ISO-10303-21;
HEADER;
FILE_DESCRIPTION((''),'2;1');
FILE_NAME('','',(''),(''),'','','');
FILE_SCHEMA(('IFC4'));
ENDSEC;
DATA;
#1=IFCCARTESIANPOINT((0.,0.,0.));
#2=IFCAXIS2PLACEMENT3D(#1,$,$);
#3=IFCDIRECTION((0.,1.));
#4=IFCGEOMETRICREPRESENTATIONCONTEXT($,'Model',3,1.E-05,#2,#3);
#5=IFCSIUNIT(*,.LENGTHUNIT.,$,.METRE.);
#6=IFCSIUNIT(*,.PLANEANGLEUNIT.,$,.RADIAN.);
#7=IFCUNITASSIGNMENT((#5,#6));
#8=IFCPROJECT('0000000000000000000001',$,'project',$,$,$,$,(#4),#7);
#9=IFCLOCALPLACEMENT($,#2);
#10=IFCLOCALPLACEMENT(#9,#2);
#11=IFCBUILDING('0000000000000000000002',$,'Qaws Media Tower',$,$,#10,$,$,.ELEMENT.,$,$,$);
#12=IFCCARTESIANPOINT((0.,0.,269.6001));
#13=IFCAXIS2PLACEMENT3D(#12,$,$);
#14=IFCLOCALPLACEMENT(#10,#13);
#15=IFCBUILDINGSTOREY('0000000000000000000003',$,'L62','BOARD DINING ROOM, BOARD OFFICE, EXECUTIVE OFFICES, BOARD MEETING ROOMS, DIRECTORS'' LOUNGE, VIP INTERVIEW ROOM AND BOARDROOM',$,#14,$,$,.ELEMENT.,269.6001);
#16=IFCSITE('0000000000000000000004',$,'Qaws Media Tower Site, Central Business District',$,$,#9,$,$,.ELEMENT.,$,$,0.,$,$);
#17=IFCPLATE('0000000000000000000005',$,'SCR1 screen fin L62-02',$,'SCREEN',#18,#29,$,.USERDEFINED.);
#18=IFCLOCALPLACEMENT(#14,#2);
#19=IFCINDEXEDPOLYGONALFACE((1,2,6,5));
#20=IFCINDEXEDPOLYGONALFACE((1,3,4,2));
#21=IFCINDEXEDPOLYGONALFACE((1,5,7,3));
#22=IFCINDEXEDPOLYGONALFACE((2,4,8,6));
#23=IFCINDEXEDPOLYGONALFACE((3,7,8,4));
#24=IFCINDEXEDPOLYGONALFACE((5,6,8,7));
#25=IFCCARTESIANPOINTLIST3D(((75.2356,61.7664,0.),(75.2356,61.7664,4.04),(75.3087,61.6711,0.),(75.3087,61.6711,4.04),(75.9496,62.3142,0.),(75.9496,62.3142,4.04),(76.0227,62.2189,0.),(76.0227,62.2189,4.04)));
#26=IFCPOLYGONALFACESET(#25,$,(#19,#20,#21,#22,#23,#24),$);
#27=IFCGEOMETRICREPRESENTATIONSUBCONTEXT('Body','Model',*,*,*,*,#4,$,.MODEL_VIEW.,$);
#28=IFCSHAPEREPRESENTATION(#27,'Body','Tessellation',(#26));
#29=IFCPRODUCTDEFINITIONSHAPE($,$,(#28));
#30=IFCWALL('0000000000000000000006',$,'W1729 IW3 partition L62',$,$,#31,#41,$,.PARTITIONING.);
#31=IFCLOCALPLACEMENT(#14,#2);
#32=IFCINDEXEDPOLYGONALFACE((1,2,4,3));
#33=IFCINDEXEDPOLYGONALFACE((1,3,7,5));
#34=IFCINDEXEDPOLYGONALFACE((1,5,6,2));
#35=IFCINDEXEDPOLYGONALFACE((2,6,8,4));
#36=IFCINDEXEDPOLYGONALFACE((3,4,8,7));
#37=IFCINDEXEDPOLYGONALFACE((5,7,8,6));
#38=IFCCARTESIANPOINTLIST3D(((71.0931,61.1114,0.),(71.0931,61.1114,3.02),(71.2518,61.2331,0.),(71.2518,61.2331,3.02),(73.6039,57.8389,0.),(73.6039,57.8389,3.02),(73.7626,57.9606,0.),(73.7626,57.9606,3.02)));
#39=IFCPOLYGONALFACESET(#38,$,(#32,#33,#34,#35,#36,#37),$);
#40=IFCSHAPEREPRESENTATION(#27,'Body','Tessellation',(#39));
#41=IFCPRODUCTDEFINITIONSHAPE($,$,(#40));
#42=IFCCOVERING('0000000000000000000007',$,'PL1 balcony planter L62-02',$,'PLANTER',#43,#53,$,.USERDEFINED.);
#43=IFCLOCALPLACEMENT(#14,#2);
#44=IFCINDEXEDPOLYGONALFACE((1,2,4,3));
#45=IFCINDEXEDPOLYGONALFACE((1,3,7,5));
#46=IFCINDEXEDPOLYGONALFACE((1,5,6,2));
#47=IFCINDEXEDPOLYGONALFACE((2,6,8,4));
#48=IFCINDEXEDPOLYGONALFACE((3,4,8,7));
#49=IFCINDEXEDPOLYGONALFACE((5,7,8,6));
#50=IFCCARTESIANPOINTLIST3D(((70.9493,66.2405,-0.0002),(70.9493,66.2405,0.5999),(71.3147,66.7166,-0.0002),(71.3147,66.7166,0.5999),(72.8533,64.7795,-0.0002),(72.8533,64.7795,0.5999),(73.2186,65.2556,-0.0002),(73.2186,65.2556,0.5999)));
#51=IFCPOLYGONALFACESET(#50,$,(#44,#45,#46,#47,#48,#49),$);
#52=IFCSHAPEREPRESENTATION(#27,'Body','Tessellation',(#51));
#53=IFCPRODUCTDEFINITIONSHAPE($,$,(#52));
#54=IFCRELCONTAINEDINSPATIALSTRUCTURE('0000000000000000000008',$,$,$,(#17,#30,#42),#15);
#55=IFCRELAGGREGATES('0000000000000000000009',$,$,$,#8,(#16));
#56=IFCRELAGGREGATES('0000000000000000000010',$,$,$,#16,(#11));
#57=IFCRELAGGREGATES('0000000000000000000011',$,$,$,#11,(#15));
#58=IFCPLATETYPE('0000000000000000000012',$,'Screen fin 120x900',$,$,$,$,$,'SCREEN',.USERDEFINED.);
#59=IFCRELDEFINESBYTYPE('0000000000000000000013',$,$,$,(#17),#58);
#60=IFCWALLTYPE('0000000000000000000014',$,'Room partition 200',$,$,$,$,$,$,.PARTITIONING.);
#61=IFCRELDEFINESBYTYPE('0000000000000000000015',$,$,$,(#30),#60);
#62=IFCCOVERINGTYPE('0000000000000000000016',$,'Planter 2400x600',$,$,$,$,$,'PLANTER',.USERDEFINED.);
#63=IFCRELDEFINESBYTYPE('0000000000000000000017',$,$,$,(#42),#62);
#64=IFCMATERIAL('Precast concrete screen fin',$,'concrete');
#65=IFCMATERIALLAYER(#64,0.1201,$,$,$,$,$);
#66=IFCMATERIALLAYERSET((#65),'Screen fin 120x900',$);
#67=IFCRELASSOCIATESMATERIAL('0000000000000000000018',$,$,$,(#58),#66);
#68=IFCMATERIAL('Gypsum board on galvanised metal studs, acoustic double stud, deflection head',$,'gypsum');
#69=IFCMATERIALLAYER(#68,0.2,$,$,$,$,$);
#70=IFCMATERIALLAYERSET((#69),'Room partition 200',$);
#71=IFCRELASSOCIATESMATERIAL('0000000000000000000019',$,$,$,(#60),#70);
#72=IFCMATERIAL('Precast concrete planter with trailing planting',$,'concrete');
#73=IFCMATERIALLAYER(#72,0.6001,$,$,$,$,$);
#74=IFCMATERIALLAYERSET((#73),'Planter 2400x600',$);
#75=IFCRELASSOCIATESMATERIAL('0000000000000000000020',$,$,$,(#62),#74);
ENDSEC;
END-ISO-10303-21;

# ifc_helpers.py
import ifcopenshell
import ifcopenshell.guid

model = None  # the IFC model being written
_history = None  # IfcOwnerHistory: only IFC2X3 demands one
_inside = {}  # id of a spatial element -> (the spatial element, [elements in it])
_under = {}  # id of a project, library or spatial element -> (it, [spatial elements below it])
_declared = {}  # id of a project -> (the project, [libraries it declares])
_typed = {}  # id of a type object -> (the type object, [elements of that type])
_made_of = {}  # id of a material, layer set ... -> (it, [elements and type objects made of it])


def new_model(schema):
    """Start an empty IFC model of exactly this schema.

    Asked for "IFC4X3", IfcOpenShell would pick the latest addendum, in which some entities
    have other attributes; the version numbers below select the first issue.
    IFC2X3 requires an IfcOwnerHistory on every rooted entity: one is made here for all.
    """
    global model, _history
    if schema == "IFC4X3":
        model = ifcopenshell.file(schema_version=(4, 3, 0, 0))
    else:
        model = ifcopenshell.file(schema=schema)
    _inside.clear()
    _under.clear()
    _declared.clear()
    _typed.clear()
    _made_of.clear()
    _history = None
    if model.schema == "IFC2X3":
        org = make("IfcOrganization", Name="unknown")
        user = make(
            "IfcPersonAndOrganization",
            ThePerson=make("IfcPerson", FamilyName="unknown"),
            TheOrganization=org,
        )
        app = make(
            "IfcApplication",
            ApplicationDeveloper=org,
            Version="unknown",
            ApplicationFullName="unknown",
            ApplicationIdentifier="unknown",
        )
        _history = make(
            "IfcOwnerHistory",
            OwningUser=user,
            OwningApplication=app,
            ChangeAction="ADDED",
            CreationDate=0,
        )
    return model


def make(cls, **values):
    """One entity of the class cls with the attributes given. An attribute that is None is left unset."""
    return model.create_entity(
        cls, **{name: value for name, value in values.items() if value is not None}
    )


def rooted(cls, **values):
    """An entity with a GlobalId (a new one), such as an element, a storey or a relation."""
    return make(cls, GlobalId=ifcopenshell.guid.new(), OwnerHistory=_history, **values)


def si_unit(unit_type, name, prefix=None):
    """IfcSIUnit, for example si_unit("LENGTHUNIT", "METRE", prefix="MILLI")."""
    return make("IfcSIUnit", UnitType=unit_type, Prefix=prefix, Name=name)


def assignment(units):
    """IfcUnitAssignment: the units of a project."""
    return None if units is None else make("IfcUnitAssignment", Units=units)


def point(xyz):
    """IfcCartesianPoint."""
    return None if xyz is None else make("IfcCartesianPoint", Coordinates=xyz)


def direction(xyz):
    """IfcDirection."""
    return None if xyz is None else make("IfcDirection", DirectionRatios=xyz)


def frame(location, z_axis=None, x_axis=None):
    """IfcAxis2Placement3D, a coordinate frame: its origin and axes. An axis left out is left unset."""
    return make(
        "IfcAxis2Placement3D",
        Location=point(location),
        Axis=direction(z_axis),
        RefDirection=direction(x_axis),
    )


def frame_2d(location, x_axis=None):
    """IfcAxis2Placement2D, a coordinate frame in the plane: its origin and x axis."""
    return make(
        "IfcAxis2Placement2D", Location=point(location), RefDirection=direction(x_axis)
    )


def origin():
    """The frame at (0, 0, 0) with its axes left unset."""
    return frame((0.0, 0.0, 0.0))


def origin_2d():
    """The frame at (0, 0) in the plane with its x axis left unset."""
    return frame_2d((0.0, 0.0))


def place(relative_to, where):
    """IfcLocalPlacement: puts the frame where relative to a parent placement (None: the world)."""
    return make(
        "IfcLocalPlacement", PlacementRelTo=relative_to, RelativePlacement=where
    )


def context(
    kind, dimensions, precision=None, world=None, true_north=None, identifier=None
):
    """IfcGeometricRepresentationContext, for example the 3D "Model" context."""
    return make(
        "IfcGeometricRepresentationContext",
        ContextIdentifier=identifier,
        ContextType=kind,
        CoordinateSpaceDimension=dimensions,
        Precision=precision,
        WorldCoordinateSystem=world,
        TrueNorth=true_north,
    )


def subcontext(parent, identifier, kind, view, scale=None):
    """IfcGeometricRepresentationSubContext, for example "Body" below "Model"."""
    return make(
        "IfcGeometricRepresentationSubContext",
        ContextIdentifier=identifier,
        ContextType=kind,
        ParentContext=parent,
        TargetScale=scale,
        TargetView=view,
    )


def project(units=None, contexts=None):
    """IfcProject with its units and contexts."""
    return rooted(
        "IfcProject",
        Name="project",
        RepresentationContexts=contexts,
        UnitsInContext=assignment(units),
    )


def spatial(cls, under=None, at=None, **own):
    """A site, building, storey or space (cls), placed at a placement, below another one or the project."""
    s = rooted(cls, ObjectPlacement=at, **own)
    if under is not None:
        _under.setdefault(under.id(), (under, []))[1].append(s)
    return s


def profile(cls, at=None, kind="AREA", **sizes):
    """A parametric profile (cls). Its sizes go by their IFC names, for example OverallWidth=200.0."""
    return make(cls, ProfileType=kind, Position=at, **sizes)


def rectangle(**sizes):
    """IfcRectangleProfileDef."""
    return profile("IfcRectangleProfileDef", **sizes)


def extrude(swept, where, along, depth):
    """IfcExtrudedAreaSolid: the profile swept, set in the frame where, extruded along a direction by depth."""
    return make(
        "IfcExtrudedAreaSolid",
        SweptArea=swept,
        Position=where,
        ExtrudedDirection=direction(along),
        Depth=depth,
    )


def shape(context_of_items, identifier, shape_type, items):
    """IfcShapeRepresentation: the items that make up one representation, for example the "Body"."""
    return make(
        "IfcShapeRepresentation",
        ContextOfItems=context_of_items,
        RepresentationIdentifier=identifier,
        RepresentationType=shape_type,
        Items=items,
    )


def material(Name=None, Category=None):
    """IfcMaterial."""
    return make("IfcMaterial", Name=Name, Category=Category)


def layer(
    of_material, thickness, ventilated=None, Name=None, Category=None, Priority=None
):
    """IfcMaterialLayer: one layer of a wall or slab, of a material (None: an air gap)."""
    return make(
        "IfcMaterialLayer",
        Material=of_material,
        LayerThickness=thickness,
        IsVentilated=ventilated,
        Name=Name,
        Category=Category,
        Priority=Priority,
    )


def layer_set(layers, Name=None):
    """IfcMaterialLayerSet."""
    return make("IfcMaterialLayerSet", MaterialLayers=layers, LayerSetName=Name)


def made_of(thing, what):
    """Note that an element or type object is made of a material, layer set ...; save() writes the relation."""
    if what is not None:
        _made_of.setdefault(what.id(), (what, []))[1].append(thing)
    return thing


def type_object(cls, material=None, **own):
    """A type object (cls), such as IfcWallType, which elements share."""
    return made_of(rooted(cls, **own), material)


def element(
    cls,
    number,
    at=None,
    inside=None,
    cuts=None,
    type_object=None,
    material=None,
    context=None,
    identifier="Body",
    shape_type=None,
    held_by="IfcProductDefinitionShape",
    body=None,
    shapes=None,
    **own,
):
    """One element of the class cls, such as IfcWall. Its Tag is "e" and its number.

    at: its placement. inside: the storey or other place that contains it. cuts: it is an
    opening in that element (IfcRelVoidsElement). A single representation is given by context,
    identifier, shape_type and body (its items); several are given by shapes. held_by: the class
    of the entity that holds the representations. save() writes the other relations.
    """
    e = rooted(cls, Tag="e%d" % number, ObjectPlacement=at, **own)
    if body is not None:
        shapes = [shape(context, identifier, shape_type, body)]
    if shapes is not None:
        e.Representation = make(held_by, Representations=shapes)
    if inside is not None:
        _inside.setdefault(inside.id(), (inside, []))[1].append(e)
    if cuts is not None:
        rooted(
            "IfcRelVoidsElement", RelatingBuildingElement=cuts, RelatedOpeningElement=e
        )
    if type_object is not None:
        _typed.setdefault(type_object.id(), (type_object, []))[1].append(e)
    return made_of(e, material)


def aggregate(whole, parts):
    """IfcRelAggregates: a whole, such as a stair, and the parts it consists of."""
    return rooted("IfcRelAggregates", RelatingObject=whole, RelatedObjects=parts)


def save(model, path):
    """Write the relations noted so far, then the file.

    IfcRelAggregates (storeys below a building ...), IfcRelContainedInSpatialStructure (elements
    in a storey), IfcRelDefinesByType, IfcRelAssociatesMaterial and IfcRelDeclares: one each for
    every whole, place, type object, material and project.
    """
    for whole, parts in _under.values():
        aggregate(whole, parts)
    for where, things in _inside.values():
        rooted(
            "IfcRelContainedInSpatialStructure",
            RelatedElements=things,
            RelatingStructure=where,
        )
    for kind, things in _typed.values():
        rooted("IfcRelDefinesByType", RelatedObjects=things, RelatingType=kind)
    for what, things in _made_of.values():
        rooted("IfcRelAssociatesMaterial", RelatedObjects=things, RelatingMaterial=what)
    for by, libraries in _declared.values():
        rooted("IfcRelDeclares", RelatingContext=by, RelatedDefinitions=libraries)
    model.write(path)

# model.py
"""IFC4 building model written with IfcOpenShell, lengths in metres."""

from ifc_helpers import new_model, si_unit, direction, frame, frame_2d, origin, origin_2d, place, context, subcontext, project, spatial, rectangle, extrude, material, layer, layer_set, type_object, element, save


model = new_model("IFC4")

# Units and contexts
model_context = context("Model", 3, precision=1e-05, world=origin(), true_north=direction((0.0, 1.0)))
body_context = subcontext(model_context, "Body", "Model", "MODEL_VIEW")
ifc_project = project(units=[si_unit("LENGTHUNIT", "METRE"), si_unit("PLANEANGLEUNIT", "RADIAN")], contexts=[model_context])

# Site, building, storey
site_placement = place(None, origin())
site = spatial("IfcSite", under=ifc_project, at=site_placement, Name="Qaws Media Tower Site, Central Business District", CompositionType="ELEMENT", RefElevation=0.0)
building_placement = place(site_placement, origin())
building = spatial("IfcBuilding", under=site, at=building_placement, Name="Qaws Media Tower", CompositionType="ELEMENT")
storey_placement = place(building_placement, frame((0.0, 0.0, 269.6001)))
storey = spatial("IfcBuildingStorey", under=building, at=storey_placement, Name="L62", Description="BOARD DINING ROOM, BOARD OFFICE, EXECUTIVE OFFICES, BOARD MEETING ROOMS, DIRECTORS' LOUNGE, VIP INTERVIEW ROOM AND BOARDROOM", CompositionType="ELEMENT", Elevation=269.6001)

# Plate
ifc_material_1 = material(Name="Precast concrete screen fin", Category="concrete")
ifc_layer_1 = layer(ifc_material_1, 0.1201)
ifc_layer_set_1 = layer_set([ifc_layer_1], Name="Screen fin 120x900")
plate_type_1 = type_object("IfcPlateType", Name="Screen fin 120x900", ElementType="SCREEN", PredefinedType="USERDEFINED", material=ifc_layer_set_1)
plate_1_placement = place(storey_placement, frame((75.6292, 61.9927, 0.0), z_axis=(0.0, 0.0, 1.0), x_axis=(0.793353, 0.608761, 0.0)))
element("IfcPlate", 1, at=plate_1_placement, inside=storey, type_object=plate_type_1, Name="SCR1 screen fin L62-02", ObjectType="SCREEN", PredefinedType="USERDEFINED", context=body_context, shape_type="SweptSolid", body=[
    extrude(rectangle(XDim=0.8999, YDim=0.1201, at=origin_2d()), origin(), (0.0, 0.0, 1.0), 4.04),
])

# Wall
ifc_material_2 = material(Name="Gypsum board on galvanised metal studs, acoustic double stud, deflection head", Category="gypsum")
ifc_layer_2 = layer(ifc_material_2, 0.2)
ifc_layer_set_2 = layer_set([ifc_layer_2], Name="Room partition 200")
wall_type = type_object("IfcWallType", Name="Room partition 200", PredefinedType="PARTITIONING", material=ifc_layer_set_2)
wall_placement = place(storey_placement, frame((71.1724, 61.1724, 0.0), z_axis=(0.0, 0.0, 1.0), x_axis=(0.608715, -0.793389, 0.0)))
element("IfcWall", 2, at=wall_placement, inside=storey, type_object=wall_type, Name="W1729 IW3 partition L62", PredefinedType="PARTITIONING", context=body_context, shape_type="SweptSolid", body=[
    extrude(rectangle(XDim=4.1248, YDim=0.2, at=frame_2d((2.0625, 0.0))), origin(), (0.0, 0.0, 1.0), 3.02),
])

# Covering
ifc_material_3 = material(Name="Precast concrete planter with trailing planting", Category="concrete")
ifc_layer_3 = layer(ifc_material_3, 0.6001)
ifc_layer_set_3 = layer_set([ifc_layer_3], Name="Planter 2400x600")
covering_type = type_object("IfcCoveringType", Name="Planter 2400x600", ElementType="PLANTER", PredefinedType="USERDEFINED", material=ifc_layer_set_3)
covering_placement = place(storey_placement, frame((72.084, 65.748, -0.0002), z_axis=(0.0, 0.0, 1.0), x_axis=(-0.793353, 0.608761, 0.0)))
element("IfcCovering", 3, at=covering_placement, inside=storey, type_object=covering_type, Name="PL1 balcony planter L62-02", ObjectType="PLANTER", PredefinedType="USERDEFINED", context=body_context, shape_type="SweptSolid", body=[
    extrude(rectangle(XDim=2.3999, YDim=0.6001, at=origin_2d()), origin(), (0.0, 0.0, 1.0), 0.6001),
])

save(model, "model.ifc")
